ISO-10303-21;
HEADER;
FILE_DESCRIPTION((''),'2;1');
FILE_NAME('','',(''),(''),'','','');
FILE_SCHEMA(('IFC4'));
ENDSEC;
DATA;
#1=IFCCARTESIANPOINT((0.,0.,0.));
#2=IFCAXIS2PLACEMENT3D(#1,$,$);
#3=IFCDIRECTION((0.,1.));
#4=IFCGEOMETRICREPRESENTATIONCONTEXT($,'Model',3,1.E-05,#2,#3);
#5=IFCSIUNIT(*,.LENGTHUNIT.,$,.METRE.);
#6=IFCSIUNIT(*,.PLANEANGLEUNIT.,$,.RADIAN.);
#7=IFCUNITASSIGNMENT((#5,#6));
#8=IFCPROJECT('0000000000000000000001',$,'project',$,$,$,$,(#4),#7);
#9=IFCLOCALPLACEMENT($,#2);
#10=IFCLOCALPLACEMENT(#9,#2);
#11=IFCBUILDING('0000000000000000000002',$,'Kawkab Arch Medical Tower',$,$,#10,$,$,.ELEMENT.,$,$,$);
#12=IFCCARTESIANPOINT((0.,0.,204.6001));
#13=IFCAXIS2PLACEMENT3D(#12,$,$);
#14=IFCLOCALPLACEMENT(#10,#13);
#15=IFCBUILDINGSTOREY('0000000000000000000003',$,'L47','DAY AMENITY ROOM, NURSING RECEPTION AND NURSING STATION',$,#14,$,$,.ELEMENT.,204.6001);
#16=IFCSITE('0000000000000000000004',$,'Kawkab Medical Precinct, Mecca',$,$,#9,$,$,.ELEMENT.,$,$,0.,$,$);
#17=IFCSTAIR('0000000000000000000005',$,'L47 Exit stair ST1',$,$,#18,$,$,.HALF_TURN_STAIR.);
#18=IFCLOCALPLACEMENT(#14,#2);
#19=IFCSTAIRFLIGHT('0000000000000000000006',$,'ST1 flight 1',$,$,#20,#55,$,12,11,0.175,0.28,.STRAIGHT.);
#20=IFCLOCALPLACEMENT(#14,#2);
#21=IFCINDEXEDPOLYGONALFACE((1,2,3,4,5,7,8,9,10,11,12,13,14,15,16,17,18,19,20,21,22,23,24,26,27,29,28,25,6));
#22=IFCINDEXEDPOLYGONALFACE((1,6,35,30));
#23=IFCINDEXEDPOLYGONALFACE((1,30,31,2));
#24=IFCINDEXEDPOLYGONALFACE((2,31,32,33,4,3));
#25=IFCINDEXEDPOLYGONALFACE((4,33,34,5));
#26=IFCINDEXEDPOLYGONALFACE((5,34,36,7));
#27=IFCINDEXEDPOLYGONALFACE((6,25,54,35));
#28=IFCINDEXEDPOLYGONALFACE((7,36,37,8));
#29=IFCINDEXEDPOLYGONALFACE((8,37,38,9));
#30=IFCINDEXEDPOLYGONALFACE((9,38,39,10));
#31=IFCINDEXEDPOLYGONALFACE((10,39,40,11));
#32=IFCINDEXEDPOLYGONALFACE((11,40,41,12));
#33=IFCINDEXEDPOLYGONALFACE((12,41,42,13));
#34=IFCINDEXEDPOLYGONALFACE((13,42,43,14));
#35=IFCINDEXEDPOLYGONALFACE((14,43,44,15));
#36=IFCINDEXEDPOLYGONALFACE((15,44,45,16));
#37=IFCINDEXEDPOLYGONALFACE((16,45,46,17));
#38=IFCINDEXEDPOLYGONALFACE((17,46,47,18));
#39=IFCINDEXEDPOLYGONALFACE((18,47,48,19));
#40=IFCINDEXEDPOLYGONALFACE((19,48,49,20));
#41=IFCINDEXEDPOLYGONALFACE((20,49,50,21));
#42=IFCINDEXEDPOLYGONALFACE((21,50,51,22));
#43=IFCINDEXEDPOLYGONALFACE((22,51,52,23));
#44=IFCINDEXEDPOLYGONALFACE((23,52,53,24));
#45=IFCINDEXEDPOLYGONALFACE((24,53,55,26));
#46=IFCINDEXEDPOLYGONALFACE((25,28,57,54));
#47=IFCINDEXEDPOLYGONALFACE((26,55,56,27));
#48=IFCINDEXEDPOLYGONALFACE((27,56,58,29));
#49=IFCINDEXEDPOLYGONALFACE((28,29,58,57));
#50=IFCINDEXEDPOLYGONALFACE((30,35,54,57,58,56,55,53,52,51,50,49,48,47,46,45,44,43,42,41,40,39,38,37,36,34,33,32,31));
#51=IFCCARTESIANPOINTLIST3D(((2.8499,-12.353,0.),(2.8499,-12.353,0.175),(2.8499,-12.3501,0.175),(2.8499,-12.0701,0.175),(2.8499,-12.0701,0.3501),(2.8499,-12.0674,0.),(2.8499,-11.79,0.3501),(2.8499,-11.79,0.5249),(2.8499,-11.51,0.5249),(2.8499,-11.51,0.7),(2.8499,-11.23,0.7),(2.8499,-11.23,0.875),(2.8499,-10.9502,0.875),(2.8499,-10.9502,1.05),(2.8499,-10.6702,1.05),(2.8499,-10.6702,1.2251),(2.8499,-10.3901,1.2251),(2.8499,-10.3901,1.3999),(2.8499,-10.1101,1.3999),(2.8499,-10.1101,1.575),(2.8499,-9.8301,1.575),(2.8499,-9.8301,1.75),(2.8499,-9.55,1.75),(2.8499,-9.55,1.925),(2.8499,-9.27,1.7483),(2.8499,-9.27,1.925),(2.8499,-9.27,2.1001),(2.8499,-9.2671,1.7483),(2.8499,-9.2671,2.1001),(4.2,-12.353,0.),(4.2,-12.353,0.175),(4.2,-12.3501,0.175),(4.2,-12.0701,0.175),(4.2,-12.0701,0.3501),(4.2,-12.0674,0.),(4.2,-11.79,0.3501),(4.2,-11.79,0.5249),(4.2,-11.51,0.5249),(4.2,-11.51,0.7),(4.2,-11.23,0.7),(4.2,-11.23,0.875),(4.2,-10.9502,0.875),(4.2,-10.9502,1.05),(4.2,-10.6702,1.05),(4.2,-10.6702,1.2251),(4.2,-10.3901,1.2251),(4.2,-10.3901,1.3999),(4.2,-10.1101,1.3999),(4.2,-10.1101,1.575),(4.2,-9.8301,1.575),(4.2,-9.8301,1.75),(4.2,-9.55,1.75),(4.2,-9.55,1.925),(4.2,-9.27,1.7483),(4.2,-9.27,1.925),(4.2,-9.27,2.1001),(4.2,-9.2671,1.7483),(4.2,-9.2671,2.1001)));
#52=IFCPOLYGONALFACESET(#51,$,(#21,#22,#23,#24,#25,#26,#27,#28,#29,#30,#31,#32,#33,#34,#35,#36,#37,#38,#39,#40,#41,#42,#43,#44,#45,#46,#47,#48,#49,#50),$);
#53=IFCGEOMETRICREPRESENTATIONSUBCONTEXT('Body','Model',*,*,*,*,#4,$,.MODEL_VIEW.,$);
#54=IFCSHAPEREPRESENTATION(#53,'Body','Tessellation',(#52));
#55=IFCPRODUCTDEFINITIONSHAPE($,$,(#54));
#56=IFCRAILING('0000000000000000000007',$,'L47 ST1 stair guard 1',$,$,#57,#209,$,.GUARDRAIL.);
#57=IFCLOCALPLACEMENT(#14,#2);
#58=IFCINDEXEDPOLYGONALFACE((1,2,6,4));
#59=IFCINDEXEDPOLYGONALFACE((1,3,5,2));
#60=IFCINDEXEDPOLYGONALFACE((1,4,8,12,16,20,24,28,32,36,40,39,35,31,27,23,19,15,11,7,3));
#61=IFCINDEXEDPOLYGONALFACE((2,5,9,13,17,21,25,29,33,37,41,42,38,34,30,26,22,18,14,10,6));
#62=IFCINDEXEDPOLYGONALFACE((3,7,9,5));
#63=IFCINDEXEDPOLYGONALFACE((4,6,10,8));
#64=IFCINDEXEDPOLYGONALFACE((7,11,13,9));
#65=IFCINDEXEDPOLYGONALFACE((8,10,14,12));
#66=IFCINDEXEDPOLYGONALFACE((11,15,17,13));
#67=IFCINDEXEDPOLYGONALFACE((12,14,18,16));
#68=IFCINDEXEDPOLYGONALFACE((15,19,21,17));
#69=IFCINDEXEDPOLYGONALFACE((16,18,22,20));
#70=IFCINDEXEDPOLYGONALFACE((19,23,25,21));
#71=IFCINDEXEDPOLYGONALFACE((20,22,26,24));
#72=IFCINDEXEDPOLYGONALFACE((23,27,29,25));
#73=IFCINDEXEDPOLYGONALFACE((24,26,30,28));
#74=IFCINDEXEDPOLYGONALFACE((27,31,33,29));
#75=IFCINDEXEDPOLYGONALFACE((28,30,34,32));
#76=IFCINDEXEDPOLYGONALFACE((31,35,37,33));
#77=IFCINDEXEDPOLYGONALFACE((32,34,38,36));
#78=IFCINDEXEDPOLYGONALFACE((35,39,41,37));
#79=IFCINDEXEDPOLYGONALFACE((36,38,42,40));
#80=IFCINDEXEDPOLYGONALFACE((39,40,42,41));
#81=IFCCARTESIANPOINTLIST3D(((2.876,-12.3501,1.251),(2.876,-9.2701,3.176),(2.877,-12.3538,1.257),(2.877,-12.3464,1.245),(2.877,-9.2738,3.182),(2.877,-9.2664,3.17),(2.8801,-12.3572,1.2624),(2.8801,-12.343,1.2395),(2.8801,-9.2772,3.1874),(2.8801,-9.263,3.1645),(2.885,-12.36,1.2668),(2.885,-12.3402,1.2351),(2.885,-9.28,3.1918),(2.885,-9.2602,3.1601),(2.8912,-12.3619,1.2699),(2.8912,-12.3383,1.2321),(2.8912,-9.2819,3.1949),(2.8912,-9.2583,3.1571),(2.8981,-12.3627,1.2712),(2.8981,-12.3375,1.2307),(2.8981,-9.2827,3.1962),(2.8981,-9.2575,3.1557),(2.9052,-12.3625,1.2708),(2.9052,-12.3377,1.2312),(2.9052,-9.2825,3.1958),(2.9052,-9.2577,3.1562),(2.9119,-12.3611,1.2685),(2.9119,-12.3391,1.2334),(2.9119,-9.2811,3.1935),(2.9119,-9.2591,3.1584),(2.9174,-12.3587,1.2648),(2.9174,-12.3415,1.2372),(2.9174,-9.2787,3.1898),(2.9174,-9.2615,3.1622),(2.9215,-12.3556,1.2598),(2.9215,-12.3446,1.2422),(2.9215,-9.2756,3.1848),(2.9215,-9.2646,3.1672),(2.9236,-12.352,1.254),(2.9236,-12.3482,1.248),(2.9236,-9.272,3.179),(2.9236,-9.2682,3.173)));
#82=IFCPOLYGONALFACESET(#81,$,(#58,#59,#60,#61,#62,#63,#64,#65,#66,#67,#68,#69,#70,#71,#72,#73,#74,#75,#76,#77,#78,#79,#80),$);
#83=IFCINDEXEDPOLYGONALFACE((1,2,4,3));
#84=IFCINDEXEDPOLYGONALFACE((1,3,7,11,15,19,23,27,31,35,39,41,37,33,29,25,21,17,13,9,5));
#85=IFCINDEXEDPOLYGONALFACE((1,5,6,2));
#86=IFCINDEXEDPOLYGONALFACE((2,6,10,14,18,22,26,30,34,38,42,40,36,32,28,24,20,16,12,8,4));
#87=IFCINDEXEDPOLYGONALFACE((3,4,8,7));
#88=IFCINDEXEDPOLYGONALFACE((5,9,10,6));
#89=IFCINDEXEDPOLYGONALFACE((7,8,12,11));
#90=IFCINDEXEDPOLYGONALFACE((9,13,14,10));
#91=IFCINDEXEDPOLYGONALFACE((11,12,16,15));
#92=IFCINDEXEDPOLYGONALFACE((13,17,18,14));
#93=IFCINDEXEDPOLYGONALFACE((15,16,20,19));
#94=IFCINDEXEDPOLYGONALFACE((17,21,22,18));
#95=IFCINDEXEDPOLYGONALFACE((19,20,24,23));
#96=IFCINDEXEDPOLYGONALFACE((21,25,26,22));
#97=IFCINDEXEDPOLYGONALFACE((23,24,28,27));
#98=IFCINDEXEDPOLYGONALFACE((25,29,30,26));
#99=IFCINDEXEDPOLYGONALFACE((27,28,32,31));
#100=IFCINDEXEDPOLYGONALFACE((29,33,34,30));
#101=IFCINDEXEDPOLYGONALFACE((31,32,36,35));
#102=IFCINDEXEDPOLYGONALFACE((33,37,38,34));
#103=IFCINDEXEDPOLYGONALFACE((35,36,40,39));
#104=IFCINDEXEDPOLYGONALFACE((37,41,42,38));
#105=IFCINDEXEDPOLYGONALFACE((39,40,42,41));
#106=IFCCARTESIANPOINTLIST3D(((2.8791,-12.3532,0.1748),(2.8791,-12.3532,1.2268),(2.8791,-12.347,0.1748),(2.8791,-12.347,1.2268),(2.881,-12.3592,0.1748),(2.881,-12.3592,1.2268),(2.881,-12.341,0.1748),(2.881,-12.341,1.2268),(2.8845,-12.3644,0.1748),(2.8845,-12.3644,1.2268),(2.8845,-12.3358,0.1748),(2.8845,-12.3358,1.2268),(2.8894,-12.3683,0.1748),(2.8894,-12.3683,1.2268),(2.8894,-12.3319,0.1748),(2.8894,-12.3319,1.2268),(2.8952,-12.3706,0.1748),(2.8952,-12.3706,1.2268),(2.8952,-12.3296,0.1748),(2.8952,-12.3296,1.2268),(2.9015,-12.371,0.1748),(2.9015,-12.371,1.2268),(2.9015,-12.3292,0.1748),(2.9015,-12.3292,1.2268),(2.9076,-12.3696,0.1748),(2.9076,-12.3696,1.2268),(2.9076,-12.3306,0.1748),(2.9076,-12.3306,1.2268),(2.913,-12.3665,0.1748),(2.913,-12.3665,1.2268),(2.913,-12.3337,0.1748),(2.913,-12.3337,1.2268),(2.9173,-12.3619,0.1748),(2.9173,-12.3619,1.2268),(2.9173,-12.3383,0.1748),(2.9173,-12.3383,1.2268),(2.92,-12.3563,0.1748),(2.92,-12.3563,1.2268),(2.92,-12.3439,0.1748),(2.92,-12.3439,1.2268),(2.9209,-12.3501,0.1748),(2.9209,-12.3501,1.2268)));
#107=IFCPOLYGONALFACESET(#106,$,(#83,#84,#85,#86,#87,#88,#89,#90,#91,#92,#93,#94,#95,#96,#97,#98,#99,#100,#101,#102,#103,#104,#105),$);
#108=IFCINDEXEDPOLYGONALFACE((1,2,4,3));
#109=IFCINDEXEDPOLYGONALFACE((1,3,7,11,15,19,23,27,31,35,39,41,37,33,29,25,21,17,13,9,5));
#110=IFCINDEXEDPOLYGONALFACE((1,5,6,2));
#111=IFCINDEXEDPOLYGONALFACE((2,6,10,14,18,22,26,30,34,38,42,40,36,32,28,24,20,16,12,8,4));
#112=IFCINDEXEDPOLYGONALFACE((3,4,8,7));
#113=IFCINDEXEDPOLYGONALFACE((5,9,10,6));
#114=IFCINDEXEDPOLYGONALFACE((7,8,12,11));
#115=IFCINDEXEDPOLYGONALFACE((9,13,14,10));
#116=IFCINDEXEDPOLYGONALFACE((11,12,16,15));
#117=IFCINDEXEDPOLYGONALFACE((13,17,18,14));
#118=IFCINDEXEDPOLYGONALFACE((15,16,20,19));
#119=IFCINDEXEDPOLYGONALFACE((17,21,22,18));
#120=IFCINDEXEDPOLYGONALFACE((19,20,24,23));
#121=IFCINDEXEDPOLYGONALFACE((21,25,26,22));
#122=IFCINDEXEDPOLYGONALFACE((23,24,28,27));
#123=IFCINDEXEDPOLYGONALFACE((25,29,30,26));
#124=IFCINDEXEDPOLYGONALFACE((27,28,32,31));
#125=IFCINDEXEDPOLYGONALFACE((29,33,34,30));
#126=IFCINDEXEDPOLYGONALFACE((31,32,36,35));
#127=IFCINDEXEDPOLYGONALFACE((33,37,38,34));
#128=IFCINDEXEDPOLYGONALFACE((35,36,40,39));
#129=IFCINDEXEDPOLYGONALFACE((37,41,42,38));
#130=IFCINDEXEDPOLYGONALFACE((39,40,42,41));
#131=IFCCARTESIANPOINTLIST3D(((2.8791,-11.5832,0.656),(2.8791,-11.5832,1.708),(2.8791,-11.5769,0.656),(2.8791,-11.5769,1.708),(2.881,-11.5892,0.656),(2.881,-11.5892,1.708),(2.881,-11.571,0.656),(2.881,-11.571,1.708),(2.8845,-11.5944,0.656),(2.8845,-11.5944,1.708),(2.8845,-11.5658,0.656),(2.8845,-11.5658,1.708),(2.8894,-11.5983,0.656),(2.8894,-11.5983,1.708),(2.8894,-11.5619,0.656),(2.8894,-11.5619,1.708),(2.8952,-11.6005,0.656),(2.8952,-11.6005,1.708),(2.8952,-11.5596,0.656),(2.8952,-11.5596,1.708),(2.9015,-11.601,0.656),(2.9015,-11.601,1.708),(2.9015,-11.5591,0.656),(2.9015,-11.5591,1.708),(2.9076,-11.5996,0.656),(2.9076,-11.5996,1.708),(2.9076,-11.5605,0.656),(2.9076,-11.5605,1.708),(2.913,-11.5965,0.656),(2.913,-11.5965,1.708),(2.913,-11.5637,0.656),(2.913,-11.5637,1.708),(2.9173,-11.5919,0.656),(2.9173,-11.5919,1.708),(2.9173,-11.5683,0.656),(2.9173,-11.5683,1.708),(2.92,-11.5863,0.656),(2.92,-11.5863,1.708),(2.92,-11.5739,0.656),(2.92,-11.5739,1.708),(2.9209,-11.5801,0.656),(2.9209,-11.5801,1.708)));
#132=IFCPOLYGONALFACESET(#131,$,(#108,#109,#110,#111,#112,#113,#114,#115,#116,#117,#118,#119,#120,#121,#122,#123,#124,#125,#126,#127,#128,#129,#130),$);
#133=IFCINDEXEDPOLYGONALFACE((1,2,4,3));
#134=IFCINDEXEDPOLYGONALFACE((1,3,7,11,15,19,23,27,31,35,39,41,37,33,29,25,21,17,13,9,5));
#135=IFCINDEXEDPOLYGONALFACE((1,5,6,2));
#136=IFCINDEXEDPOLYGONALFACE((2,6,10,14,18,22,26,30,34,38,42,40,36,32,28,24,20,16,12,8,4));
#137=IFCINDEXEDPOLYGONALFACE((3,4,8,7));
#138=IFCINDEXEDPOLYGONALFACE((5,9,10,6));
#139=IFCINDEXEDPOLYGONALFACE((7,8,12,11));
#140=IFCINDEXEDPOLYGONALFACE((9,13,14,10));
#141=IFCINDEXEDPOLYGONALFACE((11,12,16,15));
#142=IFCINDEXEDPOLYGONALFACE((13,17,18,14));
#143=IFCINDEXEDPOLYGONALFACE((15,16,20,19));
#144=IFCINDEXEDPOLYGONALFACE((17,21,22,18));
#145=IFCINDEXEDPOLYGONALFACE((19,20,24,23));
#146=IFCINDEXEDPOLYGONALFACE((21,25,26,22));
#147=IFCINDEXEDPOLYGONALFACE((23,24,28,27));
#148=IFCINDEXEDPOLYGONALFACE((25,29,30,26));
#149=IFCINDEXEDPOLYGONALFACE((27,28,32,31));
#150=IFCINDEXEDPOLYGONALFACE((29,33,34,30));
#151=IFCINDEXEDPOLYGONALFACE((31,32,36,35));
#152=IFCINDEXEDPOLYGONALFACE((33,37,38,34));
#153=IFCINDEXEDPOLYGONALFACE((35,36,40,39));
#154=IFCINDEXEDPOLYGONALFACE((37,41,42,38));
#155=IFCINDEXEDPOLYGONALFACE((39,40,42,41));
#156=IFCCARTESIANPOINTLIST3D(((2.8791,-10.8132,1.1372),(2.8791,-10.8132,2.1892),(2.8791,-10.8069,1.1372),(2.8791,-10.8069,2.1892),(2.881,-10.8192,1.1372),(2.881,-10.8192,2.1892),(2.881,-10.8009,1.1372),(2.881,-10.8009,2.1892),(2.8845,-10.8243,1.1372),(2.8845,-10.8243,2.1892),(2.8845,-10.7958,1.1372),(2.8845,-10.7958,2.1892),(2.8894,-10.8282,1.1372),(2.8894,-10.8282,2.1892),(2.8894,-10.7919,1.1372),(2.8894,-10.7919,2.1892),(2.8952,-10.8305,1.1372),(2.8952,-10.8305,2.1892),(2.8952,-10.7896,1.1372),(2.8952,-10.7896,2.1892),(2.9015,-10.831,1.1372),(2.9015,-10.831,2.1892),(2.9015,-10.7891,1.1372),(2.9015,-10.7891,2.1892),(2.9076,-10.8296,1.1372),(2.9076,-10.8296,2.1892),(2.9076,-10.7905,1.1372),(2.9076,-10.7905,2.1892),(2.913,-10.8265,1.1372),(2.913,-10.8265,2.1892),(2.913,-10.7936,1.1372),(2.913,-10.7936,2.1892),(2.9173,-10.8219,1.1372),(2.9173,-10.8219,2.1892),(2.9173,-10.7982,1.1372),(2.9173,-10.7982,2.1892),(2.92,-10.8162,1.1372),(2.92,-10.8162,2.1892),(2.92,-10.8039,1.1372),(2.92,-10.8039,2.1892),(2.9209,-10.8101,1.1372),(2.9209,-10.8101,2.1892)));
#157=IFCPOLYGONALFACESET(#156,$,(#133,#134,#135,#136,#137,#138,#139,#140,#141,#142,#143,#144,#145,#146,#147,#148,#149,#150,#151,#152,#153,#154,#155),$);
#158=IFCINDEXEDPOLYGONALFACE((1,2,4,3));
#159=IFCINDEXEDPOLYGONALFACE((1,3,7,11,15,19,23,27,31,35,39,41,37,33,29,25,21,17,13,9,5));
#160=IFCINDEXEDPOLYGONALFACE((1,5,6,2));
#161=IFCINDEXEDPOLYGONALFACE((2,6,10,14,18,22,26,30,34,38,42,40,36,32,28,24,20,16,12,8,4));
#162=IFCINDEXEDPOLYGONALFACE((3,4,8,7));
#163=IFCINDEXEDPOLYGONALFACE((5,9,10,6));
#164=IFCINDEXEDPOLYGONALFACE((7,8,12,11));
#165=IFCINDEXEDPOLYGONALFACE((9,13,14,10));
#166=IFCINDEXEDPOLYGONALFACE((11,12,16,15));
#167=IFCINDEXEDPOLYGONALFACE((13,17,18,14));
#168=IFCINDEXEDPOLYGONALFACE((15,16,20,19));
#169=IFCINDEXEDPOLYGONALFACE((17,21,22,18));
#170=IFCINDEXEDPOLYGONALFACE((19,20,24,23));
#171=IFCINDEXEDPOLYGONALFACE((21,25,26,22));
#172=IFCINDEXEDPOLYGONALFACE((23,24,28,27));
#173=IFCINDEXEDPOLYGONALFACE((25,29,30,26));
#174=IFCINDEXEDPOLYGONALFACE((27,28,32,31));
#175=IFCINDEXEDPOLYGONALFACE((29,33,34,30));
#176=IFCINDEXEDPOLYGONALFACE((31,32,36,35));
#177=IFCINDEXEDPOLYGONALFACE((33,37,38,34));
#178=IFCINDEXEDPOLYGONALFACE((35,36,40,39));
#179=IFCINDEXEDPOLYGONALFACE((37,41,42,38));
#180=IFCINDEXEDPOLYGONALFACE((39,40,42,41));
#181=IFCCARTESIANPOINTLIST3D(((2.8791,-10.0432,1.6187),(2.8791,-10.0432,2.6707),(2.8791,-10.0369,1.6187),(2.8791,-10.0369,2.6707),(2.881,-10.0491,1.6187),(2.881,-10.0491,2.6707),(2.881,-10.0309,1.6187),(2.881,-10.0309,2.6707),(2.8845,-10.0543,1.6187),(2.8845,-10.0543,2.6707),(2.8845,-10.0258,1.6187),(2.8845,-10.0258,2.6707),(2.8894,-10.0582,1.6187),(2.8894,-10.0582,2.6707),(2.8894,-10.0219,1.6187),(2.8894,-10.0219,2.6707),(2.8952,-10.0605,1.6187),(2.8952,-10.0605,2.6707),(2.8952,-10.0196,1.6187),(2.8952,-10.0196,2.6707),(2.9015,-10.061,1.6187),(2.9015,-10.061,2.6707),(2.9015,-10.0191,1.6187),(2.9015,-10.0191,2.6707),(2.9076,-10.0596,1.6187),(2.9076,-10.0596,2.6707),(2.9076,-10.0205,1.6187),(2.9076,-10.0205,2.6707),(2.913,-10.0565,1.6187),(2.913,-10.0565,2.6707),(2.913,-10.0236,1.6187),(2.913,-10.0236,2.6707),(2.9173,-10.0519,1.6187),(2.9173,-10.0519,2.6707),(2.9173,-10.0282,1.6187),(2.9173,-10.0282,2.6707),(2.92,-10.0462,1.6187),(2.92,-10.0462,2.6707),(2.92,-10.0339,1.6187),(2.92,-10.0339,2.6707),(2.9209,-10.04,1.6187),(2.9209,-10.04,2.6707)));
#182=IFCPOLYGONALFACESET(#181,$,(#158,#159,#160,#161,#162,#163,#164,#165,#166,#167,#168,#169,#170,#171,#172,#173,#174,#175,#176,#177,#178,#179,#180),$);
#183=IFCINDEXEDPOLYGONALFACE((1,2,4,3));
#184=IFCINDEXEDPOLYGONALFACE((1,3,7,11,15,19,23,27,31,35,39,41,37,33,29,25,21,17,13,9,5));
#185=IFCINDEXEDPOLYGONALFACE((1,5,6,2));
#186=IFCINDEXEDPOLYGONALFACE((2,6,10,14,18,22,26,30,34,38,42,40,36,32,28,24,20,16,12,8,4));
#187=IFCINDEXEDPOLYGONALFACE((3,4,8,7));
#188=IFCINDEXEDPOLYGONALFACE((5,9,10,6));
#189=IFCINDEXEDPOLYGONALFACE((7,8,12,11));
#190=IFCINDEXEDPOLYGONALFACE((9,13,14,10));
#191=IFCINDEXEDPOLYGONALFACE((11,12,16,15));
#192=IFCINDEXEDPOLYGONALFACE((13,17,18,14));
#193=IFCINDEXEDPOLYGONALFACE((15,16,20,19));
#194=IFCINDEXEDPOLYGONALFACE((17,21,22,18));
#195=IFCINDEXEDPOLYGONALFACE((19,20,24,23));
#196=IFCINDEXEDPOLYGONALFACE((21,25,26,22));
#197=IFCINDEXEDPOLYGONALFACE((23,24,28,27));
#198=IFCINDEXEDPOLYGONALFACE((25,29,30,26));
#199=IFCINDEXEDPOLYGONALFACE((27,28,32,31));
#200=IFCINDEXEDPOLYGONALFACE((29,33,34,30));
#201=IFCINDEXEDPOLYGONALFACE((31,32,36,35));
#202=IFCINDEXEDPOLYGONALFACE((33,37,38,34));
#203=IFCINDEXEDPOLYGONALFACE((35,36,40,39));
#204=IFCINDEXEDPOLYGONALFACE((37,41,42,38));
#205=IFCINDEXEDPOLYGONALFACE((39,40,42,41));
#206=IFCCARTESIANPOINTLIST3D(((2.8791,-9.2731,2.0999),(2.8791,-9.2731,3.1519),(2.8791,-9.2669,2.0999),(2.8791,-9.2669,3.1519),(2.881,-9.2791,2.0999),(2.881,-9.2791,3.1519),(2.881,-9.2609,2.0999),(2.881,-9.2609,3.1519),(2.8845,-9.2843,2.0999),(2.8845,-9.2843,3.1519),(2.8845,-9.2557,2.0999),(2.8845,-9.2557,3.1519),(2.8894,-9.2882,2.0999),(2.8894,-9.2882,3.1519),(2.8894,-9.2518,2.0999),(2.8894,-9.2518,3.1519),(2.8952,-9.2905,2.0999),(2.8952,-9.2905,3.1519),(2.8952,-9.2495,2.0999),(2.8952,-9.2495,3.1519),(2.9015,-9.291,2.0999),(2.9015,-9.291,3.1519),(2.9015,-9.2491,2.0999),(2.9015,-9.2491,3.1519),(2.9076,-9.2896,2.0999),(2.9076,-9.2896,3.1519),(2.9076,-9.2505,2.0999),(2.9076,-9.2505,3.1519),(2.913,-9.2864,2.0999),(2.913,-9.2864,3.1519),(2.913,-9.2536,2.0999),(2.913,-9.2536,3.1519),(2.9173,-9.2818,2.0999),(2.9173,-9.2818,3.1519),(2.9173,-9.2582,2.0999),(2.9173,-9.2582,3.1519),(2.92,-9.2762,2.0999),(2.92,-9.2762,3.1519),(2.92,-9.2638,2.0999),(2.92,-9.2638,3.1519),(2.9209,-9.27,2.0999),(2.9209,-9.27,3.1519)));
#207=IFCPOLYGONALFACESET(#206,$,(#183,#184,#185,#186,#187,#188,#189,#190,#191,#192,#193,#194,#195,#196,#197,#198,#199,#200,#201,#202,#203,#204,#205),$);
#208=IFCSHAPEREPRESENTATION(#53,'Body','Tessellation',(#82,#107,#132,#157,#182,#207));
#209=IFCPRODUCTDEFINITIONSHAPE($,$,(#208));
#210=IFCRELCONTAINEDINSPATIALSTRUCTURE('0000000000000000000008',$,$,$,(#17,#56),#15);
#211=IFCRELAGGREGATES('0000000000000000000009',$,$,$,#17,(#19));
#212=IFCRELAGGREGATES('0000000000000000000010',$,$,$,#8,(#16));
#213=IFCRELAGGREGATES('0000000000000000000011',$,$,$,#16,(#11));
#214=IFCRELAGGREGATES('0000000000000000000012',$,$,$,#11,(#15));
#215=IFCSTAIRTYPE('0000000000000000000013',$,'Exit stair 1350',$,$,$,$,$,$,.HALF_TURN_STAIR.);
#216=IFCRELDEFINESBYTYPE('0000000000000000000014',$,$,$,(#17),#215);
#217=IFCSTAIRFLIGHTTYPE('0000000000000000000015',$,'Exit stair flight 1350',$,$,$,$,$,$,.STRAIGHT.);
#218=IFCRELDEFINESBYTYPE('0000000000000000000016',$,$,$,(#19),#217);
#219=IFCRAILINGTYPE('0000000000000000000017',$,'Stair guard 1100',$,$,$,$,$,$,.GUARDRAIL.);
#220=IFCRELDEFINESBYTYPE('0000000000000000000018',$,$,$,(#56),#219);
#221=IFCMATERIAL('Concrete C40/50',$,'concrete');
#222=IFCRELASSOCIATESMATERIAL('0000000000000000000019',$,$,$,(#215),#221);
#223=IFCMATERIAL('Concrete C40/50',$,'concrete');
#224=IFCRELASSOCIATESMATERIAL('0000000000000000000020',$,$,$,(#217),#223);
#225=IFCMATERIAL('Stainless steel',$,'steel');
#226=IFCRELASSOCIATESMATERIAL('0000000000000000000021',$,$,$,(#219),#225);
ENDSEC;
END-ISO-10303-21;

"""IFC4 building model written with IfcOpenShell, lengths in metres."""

from ifc_helpers import new_model, si_unit, direction, frame, origin, origin_2d, place, context, subcontext, project, spatial, polyline, circle, outline, extrude, material, type_object, element, aggregate, save


model = new_model("IFC4")

# Units and contexts
model_context = context("Model", 3, precision=1e-05, world=origin(), true_north=direction((0.0, 1.0)))
body_context = subcontext(model_context, "Body", "Model", "MODEL_VIEW")
ifc_project = project(units=[si_unit("LENGTHUNIT", "METRE"), si_unit("PLANEANGLEUNIT", "RADIAN")], contexts=[model_context])

# Site, building, storey
site_placement = place(None, origin())
site = spatial("IfcSite", under=ifc_project, at=site_placement, Name="Kawkab Medical Precinct, Mecca", CompositionType="ELEMENT", RefElevation=0.0)
building_placement = place(site_placement, origin())
building = spatial("IfcBuilding", under=site, at=building_placement, Name="Kawkab Arch Medical Tower", CompositionType="ELEMENT")
storey_placement = place(building_placement, frame((0.0, 0.0, 204.6001)))
storey = spatial("IfcBuildingStorey", under=building, at=storey_placement, Name="L47", Description="DAY AMENITY ROOM, NURSING RECEPTION AND NURSING STATION", CompositionType="ELEMENT", Elevation=204.6001)

# Stair, stair flight
ifc_material_1 = material(Name="Concrete C40/50", Category="concrete")
stair_type = type_object("IfcStairType", Name="Exit stair 1350", PredefinedType="HALF_TURN_STAIR", material=ifc_material_1)
stair_placement = place(storey_placement, origin())
stair = element("IfcStair", 1, at=stair_placement, inside=storey, type_object=stair_type, Name="L47 Exit stair ST1", PredefinedType="HALF_TURN_STAIR")
ifc_material_2 = material(Name="Concrete C40/50", Category="concrete")
stair_flight_type = type_object("IfcStairFlightType", Name="Exit stair flight 1350", PredefinedType="STRAIGHT", material=ifc_material_2)
stair_flight_placement = place(storey_placement, frame((3.5249, -12.3501, 0.0), z_axis=(0.0, 0.0, 1.0), x_axis=(0.0, 1.0, 0.0)))
stair_flight = element("IfcStairFlight", 2, at=stair_flight_placement, type_object=stair_flight_type, Name="ST1 flight 1", NumberOfRisers=12, NumberOfTreads=11, PredefinedType="STRAIGHT", RiserHeight=0.175, TreadLength=0.28, context=body_context, shape_type="SweptSolid", body=[
    extrude(outline(polyline([(-0.0029, 0.0), (-0.0029, 0.175), (0.0, 0.175), (0.28, 0.175), (0.28, 0.3501), (0.5601, 0.3501), (0.5601, 0.5249), (0.8401, 0.5249), (0.8401, 0.7), (1.1201, 0.7), (1.1201, 0.875), (1.3999, 0.875), (1.3999, 1.05), (1.6799, 1.05), (1.6799, 1.2251), (1.96, 1.2251), (1.96, 1.3999), (2.24, 1.3999), (2.24, 1.575), (2.52, 1.575), (2.52, 1.75), (2.8, 1.75), (2.8, 1.925), (3.0801, 1.925), (3.0801, 2.1001), (3.083, 2.1001), (3.083, 1.7483), (3.0801, 1.7483), (0.2827, 0.0), (-0.0029, 0.0)])), frame((0.0, 0.675, 0.0), z_axis=(0.0, -1.0, 0.0), x_axis=(1.0, 0.0, 0.0)), (0.0, 0.0, 1.0), 1.3501),
])
aggregate(stair, [stair_flight])

# Railing
ifc_material_3 = material(Name="Stainless steel", Category="steel")
railing_type = type_object("IfcRailingType", Name="Stair guard 1100", PredefinedType="GUARDRAIL", material=ifc_material_3)
railing_placement = place(storey_placement, frame((2.8999, -12.3501, 0.1748)))
element("IfcRailing", 3, at=railing_placement, inside=storey, type_object=railing_type, Name="L47 ST1 stair guard 1", PredefinedType="GUARDRAIL", context=body_context, shape_type="SweptSolid", body=[
    extrude(circle(Radius=0.0239, at=origin_2d()), frame((0.0, 0.0, 1.0762), z_axis=(0.0, 0.847998, 0.529999), x_axis=(-1.0, 0.0, 0.0)), (0.0, 0.0, 1.0), 3.6321),
    extrude(circle(Radius=0.021, at=origin_2d()), origin(), (0.0, 0.0, 1.0), 1.052),
    extrude(circle(Radius=0.021, at=origin_2d()), frame((0.0, 0.77, 0.4812)), (0.0, 0.0, 1.0), 1.052),
    extrude(circle(Radius=0.021, at=origin_2d()), frame((0.0, 1.54, 0.9624)), (0.0, 0.0, 1.0), 1.052),
    extrude(circle(Radius=0.021, at=origin_2d()), frame((0.0, 2.3101, 1.4438)), (0.0, 0.0, 1.0), 1.052),
    extrude(circle(Radius=0.021, at=origin_2d()), frame((0.0, 3.0801, 1.925)), (0.0, 0.0, 1.0), 1.052),
])

save(model, "model.ifc")
